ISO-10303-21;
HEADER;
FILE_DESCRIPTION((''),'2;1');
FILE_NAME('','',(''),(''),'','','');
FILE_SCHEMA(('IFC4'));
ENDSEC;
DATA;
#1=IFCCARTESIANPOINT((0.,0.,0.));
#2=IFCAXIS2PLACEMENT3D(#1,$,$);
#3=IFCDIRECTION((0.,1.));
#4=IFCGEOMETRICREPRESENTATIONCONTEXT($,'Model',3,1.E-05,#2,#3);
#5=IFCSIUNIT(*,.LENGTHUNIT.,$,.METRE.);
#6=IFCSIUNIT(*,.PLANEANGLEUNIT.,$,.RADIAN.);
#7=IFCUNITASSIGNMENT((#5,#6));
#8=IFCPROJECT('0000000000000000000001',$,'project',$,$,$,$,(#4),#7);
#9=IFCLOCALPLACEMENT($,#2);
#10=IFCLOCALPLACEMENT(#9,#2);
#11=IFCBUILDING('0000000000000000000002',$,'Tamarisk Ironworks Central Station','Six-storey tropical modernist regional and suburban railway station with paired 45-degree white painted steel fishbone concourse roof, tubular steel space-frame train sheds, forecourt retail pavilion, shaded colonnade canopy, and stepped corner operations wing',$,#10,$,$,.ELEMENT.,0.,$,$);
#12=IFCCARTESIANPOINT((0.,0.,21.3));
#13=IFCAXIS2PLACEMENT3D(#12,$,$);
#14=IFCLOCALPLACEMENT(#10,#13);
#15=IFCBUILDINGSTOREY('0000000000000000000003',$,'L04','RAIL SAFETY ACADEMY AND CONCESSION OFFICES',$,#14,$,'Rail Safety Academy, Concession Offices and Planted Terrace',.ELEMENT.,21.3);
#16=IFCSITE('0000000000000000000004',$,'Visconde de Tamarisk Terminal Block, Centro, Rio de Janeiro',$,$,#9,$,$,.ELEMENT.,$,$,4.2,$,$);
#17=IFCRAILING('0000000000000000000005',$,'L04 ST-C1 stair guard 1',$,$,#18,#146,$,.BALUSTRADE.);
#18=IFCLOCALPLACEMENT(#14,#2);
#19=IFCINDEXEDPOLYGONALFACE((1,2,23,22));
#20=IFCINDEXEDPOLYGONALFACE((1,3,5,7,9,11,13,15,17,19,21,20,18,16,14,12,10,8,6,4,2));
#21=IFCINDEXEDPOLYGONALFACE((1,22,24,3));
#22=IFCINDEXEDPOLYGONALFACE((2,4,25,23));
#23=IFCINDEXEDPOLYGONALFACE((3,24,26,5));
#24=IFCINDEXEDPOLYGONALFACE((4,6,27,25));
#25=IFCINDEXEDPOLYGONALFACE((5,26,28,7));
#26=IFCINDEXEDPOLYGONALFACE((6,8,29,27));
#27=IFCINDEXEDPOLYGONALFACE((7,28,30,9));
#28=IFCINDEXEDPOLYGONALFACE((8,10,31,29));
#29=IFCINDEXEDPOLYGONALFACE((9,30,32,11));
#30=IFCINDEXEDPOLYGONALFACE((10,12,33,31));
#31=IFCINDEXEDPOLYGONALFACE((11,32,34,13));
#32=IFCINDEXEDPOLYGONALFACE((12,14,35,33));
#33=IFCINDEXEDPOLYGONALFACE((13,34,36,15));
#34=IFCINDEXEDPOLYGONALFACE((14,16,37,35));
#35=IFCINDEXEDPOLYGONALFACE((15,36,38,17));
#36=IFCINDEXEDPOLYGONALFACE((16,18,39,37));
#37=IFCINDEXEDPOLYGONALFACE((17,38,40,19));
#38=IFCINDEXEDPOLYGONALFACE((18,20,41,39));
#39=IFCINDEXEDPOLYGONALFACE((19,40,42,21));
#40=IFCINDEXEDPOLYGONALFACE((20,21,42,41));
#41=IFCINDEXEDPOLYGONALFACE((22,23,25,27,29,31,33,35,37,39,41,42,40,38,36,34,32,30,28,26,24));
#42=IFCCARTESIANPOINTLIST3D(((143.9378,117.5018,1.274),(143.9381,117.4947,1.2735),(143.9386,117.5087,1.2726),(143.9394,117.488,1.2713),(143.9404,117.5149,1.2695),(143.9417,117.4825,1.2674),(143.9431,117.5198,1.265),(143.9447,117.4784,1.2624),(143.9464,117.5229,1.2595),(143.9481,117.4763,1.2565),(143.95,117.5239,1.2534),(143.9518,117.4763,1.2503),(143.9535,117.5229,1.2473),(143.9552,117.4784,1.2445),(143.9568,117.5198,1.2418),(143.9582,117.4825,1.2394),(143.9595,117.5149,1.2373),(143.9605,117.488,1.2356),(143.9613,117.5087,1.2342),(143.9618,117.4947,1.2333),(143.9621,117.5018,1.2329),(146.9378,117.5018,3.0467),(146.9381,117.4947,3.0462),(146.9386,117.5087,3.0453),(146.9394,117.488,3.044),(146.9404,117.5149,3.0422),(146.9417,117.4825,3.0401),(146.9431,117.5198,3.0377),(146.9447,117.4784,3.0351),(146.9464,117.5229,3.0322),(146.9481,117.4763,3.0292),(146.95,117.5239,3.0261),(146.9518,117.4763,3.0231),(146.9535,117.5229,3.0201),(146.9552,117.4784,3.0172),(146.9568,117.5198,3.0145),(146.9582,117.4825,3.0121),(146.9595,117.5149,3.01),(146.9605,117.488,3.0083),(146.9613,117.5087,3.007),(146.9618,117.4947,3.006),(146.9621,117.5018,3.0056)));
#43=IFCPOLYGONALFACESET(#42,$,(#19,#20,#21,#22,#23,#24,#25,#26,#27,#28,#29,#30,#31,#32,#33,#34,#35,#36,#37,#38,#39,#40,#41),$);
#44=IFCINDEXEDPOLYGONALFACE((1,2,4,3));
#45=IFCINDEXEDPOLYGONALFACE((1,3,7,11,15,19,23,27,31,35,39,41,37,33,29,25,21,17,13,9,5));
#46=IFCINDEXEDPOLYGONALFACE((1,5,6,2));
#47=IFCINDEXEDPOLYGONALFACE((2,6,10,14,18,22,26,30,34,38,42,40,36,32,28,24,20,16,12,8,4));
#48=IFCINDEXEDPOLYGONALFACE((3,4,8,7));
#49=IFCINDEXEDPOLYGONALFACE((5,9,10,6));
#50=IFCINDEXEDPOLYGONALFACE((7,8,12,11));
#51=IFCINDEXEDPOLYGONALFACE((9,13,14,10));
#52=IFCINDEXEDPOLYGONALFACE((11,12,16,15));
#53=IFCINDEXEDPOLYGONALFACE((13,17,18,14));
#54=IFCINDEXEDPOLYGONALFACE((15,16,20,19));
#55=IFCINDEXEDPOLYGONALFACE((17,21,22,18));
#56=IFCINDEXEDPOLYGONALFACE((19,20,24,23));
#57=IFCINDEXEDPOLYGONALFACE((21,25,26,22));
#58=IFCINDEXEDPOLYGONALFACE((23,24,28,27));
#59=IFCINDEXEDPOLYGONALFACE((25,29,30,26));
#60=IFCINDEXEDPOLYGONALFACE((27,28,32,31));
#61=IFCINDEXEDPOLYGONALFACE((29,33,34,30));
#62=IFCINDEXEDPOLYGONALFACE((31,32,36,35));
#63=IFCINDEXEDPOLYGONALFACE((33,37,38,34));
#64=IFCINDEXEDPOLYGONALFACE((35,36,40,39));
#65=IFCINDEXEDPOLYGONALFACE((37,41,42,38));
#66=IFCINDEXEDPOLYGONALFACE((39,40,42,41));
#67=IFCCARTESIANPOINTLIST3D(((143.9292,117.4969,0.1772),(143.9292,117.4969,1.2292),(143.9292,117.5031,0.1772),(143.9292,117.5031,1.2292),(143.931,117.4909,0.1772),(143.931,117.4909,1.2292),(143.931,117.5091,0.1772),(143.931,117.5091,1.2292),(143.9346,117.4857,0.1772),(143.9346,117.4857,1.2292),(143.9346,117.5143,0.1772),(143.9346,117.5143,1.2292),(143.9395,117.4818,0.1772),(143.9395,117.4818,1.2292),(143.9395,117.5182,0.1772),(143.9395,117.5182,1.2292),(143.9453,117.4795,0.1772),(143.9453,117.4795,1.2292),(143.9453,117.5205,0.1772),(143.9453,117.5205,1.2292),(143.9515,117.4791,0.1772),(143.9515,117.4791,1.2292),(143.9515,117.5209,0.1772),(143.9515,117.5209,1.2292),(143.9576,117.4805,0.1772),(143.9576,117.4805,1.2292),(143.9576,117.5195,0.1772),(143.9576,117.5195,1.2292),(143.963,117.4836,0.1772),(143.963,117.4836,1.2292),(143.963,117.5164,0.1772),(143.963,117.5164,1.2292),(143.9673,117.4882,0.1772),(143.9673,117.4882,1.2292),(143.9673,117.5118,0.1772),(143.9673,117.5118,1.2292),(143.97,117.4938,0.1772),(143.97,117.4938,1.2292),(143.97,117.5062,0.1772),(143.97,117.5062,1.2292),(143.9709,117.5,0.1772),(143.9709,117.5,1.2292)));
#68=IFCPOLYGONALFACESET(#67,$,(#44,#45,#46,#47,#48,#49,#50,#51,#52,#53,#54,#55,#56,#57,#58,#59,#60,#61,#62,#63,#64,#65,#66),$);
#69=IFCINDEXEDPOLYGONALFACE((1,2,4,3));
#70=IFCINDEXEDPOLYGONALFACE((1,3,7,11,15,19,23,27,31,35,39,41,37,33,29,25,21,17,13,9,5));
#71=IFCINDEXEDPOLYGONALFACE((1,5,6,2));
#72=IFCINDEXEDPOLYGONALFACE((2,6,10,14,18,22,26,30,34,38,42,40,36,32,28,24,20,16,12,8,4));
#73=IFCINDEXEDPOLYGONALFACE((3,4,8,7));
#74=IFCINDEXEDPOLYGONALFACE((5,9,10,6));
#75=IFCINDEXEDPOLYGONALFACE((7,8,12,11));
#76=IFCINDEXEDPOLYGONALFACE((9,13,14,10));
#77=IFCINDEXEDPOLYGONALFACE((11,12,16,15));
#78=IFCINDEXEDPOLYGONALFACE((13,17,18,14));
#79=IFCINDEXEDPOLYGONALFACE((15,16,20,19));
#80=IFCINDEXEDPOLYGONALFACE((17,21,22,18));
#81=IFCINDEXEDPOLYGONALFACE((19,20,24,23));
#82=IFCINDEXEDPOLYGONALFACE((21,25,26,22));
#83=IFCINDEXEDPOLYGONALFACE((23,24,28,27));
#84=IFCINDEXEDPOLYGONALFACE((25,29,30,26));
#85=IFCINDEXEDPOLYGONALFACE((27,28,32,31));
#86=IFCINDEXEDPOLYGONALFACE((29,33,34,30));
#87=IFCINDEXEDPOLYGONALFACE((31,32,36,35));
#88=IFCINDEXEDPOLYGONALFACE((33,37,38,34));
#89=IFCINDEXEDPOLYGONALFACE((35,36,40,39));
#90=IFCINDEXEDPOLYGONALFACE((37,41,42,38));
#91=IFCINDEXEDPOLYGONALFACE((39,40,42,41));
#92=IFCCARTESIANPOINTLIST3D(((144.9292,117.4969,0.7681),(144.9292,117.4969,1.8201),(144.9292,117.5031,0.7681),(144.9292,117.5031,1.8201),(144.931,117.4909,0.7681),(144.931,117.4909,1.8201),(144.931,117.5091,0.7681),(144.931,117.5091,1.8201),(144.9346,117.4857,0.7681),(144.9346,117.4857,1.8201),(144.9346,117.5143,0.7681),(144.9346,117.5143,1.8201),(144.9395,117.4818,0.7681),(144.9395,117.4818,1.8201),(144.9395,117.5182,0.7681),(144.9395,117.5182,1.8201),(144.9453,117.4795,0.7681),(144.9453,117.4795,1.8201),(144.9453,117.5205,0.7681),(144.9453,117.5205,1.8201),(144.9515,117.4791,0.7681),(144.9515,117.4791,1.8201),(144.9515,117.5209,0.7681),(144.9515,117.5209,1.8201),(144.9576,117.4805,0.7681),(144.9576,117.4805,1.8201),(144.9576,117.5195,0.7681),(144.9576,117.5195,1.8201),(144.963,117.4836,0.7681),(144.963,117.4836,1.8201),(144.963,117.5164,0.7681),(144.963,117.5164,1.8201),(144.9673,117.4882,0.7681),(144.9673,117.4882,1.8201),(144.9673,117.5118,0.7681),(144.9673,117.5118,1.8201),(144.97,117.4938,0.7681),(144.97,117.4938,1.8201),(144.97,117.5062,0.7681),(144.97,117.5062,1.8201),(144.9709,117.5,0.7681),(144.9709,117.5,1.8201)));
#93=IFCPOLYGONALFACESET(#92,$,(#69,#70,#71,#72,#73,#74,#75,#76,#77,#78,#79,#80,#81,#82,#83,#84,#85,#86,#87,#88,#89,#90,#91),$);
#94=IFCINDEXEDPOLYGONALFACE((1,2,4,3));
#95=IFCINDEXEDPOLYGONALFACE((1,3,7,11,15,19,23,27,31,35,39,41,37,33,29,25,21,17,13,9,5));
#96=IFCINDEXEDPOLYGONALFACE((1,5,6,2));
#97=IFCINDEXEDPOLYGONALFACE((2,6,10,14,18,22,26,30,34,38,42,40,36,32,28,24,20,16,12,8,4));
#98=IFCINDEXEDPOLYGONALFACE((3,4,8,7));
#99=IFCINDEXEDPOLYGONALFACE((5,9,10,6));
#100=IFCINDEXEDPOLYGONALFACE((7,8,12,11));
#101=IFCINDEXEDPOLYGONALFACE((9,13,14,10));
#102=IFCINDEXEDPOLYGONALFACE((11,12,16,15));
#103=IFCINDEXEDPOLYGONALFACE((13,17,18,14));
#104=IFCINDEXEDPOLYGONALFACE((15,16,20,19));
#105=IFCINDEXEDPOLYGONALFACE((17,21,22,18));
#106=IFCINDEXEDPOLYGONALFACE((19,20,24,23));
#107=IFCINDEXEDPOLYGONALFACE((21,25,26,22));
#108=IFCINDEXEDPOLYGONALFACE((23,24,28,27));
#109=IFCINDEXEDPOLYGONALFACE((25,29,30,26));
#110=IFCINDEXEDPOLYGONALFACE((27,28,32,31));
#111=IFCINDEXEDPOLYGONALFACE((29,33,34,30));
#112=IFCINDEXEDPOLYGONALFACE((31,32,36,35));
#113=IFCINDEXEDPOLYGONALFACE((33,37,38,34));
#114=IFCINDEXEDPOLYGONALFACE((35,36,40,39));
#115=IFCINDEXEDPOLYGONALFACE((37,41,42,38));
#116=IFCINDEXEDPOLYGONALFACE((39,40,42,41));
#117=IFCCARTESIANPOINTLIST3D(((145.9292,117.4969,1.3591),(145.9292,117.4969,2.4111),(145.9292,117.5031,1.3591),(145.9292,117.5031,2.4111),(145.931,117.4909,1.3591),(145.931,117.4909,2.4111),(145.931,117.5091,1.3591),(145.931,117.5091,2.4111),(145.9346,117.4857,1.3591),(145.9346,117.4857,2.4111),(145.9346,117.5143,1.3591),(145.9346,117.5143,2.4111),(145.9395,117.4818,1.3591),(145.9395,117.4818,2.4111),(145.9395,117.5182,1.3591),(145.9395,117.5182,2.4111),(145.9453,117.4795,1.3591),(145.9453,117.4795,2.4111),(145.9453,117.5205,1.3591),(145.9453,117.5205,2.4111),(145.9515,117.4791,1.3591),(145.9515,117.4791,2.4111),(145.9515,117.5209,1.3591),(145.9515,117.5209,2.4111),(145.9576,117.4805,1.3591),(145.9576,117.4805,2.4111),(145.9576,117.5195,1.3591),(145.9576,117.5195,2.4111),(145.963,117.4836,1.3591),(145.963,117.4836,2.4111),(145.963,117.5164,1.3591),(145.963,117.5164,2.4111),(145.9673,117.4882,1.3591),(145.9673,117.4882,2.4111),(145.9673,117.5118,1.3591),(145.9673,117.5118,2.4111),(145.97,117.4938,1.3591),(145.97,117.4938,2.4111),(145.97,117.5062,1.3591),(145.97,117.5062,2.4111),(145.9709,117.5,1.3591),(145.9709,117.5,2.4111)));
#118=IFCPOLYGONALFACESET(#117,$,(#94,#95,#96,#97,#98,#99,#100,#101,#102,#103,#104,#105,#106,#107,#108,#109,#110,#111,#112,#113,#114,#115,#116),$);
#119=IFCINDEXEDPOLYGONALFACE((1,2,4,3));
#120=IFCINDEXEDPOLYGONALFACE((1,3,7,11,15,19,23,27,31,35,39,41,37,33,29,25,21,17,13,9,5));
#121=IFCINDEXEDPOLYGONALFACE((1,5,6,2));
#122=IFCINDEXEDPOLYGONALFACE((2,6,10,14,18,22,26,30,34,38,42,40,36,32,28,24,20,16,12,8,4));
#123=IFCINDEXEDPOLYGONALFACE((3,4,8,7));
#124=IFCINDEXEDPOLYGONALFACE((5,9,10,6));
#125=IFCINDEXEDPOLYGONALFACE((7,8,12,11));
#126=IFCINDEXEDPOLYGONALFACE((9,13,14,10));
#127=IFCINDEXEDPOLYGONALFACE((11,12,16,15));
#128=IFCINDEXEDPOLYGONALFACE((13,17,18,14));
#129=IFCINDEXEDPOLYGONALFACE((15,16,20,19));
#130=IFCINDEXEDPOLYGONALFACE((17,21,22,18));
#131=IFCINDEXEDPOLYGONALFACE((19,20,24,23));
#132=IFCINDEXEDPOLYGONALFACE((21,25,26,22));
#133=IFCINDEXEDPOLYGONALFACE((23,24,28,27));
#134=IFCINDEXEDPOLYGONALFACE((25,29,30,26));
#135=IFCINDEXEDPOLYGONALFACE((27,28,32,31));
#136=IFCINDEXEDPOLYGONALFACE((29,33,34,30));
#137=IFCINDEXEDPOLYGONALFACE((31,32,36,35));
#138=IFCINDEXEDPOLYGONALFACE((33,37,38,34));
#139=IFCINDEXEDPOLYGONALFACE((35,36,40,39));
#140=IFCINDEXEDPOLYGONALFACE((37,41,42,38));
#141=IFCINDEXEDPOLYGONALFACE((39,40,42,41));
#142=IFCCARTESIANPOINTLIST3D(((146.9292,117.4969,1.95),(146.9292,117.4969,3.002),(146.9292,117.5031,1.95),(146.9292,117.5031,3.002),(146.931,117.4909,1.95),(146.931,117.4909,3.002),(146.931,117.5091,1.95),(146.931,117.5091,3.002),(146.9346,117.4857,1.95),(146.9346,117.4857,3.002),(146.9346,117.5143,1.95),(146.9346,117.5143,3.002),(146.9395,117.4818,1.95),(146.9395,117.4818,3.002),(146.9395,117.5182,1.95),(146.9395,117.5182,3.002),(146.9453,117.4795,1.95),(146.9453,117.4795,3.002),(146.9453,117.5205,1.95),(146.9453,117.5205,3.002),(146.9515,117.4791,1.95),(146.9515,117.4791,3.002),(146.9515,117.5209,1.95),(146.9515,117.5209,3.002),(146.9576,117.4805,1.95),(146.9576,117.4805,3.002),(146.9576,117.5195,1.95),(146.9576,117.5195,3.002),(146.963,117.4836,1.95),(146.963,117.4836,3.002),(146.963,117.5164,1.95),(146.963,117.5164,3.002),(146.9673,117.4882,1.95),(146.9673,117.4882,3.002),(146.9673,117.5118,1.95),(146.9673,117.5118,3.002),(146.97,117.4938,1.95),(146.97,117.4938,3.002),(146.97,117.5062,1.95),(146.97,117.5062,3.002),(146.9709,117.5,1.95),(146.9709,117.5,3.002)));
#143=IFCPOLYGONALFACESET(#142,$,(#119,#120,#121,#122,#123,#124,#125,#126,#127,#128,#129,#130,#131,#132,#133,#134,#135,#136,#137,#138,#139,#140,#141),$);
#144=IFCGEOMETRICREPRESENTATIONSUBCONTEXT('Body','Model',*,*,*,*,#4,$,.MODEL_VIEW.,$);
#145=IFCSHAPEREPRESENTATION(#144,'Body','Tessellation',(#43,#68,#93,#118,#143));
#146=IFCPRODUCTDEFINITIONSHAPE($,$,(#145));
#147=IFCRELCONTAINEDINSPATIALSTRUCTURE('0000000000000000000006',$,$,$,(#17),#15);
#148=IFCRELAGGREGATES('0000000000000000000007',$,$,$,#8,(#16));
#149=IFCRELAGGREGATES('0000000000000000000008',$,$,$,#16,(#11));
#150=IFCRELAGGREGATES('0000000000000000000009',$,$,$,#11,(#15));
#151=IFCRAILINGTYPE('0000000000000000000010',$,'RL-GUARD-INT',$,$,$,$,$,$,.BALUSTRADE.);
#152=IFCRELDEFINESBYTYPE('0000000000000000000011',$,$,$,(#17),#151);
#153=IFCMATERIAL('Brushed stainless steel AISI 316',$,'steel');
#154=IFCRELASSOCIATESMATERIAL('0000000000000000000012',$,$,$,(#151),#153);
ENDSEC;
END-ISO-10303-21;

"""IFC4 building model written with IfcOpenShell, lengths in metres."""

from ifc_helpers import new_model, si_unit, direction, frame, origin, origin_2d, place, context, subcontext, project, spatial, circle, extrude, material, type_object, element, save


model = new_model("IFC4")

# Units and contexts
model_context = context("Model", 3, precision=1e-05, world=origin(), true_north=direction((0.0, 1.0)))
body_context = subcontext(model_context, "Body", "Model", "MODEL_VIEW")
ifc_project = project(units=[si_unit("LENGTHUNIT", "METRE"), si_unit("PLANEANGLEUNIT", "RADIAN")], contexts=[model_context])

# Site, building, storey
site_placement = place(None, origin())
site = spatial("IfcSite", under=ifc_project, at=site_placement, Name="Visconde de Tamarisk Terminal Block, Centro, Rio de Janeiro", CompositionType="ELEMENT", RefElevation=4.2)
building_placement = place(site_placement, origin())
building = spatial("IfcBuilding", under=site, at=building_placement, Name="Tamarisk Ironworks Central Station", Description="Six-storey tropical modernist regional and suburban railway station with paired 45-degree white painted steel fishbone concourse roof, tubular steel space-frame train sheds, forecourt retail pavilion, shaded colonnade canopy, and stepped corner operations wing", CompositionType="ELEMENT", ElevationOfRefHeight=0.0)
storey_placement = place(building_placement, frame((0.0, 0.0, 21.3)))
storey = spatial("IfcBuildingStorey", under=building, at=storey_placement, Name="L04", Description="RAIL SAFETY ACADEMY AND CONCESSION OFFICES", LongName="Rail Safety Academy, Concession Offices and Planted Terrace", CompositionType="ELEMENT", Elevation=21.3)

# Shared definitions
ifc_material_1 = material(Name="Brushed stainless steel AISI 316", Category="steel")

# Railing
railing_type_1 = type_object("IfcRailingType", Name="RL-GUARD-INT", PredefinedType="BALUSTRADE", material=ifc_material_1)
railing_1_placement = place(storey_placement, frame((143.95, 117.5, 0.1772)))
element("IfcRailing", 1, at=railing_1_placement, inside=storey, type_object=railing_type_1, Name="L04 ST-C1 stair guard 1", PredefinedType="BALUSTRADE", context=body_context, shape_type="SweptSolid", body=[
    extrude(circle(Radius=0.0239, at=origin_2d()), frame((0.0, 0.0, 1.0762), z_axis=(0.860929, 0.0, 0.508725), x_axis=(0.0, 1.0, 0.0)), (0.0, 0.0, 1.0), 3.4846),
    extrude(circle(Radius=0.021, at=origin_2d()), origin(), (0.0, 0.0, 1.0), 1.052),
    extrude(circle(Radius=0.021, at=origin_2d()), frame((1.0, 0.0, 0.5908)), (0.0, 0.0, 1.0), 1.052),
    extrude(circle(Radius=0.021, at=origin_2d()), frame((2.0, 0.0, 1.1819)), (0.0, 0.0, 1.0), 1.052),
    extrude(circle(Radius=0.021, at=origin_2d()), frame((3.0, 0.0, 1.7727)), (0.0, 0.0, 1.0), 1.052),
])

save(model, "model.ifc")
